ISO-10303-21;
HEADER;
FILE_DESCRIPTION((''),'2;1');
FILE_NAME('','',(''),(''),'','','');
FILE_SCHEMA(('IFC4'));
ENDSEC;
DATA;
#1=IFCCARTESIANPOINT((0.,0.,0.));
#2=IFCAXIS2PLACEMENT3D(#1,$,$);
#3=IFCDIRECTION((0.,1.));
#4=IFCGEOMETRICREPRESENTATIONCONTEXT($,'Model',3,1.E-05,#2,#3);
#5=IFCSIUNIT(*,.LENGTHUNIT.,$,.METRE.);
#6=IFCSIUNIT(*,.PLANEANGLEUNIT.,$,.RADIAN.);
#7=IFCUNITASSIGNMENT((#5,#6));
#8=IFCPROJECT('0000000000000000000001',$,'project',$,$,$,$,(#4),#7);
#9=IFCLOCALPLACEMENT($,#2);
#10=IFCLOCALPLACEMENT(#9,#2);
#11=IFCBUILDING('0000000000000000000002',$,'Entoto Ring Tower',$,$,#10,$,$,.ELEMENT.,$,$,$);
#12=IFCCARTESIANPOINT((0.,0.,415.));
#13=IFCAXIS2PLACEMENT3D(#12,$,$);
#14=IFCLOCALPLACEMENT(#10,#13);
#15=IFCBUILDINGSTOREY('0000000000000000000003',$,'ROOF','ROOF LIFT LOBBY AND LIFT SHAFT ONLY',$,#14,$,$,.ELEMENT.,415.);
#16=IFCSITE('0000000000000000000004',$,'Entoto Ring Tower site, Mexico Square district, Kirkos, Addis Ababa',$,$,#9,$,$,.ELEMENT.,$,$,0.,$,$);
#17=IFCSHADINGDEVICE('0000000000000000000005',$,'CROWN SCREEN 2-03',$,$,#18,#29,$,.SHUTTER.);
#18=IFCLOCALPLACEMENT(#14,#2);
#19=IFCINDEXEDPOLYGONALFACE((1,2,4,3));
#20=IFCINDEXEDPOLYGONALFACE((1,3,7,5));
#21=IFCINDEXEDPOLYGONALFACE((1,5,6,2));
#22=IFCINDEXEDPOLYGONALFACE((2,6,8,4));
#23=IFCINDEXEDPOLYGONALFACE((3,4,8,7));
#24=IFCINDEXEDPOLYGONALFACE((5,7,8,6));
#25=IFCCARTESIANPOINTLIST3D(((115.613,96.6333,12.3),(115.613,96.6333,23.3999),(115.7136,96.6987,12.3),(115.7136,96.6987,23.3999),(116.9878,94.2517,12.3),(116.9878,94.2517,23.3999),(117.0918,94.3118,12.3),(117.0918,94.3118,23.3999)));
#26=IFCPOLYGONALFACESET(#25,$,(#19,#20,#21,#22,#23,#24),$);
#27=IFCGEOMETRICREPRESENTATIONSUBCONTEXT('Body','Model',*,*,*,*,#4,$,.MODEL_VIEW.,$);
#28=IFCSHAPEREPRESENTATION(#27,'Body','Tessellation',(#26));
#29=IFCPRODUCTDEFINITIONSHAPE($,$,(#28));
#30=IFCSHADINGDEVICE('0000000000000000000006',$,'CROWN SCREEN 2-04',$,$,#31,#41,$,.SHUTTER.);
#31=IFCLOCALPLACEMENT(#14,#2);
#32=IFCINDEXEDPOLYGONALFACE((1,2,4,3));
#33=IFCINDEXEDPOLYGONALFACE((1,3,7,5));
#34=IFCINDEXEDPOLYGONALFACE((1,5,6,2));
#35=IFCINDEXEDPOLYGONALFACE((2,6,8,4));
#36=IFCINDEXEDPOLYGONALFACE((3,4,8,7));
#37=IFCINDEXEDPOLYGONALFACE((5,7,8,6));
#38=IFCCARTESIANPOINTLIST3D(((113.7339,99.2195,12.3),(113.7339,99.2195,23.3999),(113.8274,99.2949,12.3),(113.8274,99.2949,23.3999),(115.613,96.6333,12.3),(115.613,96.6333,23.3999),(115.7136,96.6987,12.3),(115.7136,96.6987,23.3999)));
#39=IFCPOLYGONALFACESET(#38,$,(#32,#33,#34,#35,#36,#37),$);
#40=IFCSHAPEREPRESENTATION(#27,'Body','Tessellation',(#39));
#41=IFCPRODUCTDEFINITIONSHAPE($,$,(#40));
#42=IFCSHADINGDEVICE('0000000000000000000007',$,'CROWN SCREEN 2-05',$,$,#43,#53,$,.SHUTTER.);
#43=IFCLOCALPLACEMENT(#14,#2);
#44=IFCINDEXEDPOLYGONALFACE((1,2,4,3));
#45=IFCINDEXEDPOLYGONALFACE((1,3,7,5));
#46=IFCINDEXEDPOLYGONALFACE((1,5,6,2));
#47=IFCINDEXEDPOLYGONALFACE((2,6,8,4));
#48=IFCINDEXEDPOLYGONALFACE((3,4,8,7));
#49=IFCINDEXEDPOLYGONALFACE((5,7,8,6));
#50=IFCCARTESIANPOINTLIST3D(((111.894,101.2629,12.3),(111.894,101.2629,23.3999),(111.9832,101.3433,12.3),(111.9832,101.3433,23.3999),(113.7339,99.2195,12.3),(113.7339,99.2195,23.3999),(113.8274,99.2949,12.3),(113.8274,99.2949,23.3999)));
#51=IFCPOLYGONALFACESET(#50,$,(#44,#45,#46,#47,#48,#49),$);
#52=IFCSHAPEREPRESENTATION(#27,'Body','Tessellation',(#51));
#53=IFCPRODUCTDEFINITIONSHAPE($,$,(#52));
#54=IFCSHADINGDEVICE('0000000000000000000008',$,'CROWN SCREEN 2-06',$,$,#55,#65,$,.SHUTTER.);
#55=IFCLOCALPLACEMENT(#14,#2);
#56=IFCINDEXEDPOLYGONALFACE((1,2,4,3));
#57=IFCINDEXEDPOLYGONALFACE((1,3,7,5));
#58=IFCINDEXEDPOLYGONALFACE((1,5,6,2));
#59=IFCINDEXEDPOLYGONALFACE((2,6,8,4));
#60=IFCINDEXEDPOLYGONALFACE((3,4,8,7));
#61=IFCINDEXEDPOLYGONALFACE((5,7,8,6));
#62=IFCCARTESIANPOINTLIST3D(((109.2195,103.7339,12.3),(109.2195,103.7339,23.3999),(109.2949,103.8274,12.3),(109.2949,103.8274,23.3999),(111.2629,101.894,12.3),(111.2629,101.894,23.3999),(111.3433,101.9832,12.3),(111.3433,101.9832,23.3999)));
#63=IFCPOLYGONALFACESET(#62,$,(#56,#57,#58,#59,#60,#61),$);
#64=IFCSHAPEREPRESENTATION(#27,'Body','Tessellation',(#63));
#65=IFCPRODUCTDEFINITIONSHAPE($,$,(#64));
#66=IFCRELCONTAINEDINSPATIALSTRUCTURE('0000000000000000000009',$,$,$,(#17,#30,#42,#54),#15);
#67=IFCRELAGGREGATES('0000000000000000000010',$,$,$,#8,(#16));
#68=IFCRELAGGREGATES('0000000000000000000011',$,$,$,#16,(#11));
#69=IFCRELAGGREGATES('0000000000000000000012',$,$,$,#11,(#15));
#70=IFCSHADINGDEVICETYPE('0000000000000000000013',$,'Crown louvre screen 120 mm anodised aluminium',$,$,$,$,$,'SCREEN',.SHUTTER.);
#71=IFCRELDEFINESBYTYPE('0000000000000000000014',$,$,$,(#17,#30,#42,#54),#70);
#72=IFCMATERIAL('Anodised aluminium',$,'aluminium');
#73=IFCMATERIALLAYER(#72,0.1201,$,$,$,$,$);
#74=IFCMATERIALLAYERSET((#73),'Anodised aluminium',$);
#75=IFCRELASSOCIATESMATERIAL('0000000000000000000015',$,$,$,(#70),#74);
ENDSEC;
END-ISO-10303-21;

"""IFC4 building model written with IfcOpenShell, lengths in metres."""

from ifc_helpers import new_model, si_unit, direction, frame, origin, place, context, subcontext, project, spatial, polyline, outline, extrude, material, layer, layer_set, type_object, element, save


model = new_model("IFC4")

# Units and contexts
model_context = context("Model", 3, precision=1e-05, world=origin(), true_north=direction((0.0, 1.0)))
body_context = subcontext(model_context, "Body", "Model", "MODEL_VIEW")
ifc_project = project(units=[si_unit("LENGTHUNIT", "METRE"), si_unit("PLANEANGLEUNIT", "RADIAN")], contexts=[model_context])

# Site, building, storey
site_placement = place(None, origin())
site = spatial("IfcSite", under=ifc_project, at=site_placement, Name="Entoto Ring Tower site, Mexico Square district, Kirkos, Addis Ababa", CompositionType="ELEMENT", RefElevation=0.0)
building_placement = place(site_placement, origin())
building = spatial("IfcBuilding", under=site, at=building_placement, Name="Entoto Ring Tower", CompositionType="ELEMENT")
storey_placement = place(building_placement, frame((0.0, 0.0, 415.0)))
storey = spatial("IfcBuildingStorey", under=building, at=storey_placement, Name="ROOF", Description="ROOF LIFT LOBBY AND LIFT SHAFT ONLY", CompositionType="ELEMENT", Elevation=415.0)

# Shading devices
ifc_material = material(Name="Anodised aluminium", Category="aluminium")
ifc_layer = layer(ifc_material, 0.1201)
ifc_layer_set = layer_set([ifc_layer], Name="Anodised aluminium")
shading_device_type = type_object("IfcShadingDeviceType", Name="Crown louvre screen 120 mm anodised aluminium", ElementType="SCREEN", PredefinedType="SHUTTER", material=ifc_layer_set)
shading_device_1_placement = place(storey_placement, frame((0.0, 0.0, 12.3)))
element("IfcShadingDevice", 1, at=shading_device_1_placement, inside=storey, type_object=shading_device_type, Name="CROWN SCREEN 2-03", PredefinedType="SHUTTER", context=body_context, shape_type="SweptSolid", body=[
    extrude(outline(polyline([(116.9878, 94.2517), (117.0918, 94.3118), (115.7136, 96.6987), (115.613, 96.6333), (116.9878, 94.2517)])), origin(), (0.0, 0.0, 1.0), 11.0999),
])
shading_device_2_placement = place(storey_placement, frame((0.0, 0.0, 12.3)))
element("IfcShadingDevice", 2, at=shading_device_2_placement, inside=storey, type_object=shading_device_type, Name="CROWN SCREEN 2-04", PredefinedType="SHUTTER", context=body_context, shape_type="SweptSolid", body=[
    extrude(outline(polyline([(115.613, 96.6333), (115.7136, 96.6987), (113.8274, 99.2949), (113.7339, 99.2195), (115.613, 96.6333)])), origin(), (0.0, 0.0, 1.0), 11.0999),
])
shading_device_3_placement = place(storey_placement, frame((0.0, 0.0, 12.3)))
element("IfcShadingDevice", 3, at=shading_device_3_placement, inside=storey, type_object=shading_device_type, Name="CROWN SCREEN 2-05", PredefinedType="SHUTTER", context=body_context, shape_type="SweptSolid", body=[
    extrude(outline(polyline([(113.7339, 99.2195), (113.8274, 99.2949), (111.9832, 101.3433), (111.894, 101.2629), (113.7339, 99.2195)])), origin(), (0.0, 0.0, 1.0), 11.0999),
])
shading_device_4_placement = place(storey_placement, frame((0.0, 0.0, 12.3)))
element("IfcShadingDevice", 4, at=shading_device_4_placement, inside=storey, type_object=shading_device_type, Name="CROWN SCREEN 2-06", PredefinedType="SHUTTER", context=body_context, shape_type="SweptSolid", body=[
    extrude(outline(polyline([(111.2629, 101.894), (111.3433, 101.9832), (109.2949, 103.8274), (109.2195, 103.7339), (111.2629, 101.894)])), origin(), (0.0, 0.0, 1.0), 11.0999),
])

save(model, "model.ifc")
